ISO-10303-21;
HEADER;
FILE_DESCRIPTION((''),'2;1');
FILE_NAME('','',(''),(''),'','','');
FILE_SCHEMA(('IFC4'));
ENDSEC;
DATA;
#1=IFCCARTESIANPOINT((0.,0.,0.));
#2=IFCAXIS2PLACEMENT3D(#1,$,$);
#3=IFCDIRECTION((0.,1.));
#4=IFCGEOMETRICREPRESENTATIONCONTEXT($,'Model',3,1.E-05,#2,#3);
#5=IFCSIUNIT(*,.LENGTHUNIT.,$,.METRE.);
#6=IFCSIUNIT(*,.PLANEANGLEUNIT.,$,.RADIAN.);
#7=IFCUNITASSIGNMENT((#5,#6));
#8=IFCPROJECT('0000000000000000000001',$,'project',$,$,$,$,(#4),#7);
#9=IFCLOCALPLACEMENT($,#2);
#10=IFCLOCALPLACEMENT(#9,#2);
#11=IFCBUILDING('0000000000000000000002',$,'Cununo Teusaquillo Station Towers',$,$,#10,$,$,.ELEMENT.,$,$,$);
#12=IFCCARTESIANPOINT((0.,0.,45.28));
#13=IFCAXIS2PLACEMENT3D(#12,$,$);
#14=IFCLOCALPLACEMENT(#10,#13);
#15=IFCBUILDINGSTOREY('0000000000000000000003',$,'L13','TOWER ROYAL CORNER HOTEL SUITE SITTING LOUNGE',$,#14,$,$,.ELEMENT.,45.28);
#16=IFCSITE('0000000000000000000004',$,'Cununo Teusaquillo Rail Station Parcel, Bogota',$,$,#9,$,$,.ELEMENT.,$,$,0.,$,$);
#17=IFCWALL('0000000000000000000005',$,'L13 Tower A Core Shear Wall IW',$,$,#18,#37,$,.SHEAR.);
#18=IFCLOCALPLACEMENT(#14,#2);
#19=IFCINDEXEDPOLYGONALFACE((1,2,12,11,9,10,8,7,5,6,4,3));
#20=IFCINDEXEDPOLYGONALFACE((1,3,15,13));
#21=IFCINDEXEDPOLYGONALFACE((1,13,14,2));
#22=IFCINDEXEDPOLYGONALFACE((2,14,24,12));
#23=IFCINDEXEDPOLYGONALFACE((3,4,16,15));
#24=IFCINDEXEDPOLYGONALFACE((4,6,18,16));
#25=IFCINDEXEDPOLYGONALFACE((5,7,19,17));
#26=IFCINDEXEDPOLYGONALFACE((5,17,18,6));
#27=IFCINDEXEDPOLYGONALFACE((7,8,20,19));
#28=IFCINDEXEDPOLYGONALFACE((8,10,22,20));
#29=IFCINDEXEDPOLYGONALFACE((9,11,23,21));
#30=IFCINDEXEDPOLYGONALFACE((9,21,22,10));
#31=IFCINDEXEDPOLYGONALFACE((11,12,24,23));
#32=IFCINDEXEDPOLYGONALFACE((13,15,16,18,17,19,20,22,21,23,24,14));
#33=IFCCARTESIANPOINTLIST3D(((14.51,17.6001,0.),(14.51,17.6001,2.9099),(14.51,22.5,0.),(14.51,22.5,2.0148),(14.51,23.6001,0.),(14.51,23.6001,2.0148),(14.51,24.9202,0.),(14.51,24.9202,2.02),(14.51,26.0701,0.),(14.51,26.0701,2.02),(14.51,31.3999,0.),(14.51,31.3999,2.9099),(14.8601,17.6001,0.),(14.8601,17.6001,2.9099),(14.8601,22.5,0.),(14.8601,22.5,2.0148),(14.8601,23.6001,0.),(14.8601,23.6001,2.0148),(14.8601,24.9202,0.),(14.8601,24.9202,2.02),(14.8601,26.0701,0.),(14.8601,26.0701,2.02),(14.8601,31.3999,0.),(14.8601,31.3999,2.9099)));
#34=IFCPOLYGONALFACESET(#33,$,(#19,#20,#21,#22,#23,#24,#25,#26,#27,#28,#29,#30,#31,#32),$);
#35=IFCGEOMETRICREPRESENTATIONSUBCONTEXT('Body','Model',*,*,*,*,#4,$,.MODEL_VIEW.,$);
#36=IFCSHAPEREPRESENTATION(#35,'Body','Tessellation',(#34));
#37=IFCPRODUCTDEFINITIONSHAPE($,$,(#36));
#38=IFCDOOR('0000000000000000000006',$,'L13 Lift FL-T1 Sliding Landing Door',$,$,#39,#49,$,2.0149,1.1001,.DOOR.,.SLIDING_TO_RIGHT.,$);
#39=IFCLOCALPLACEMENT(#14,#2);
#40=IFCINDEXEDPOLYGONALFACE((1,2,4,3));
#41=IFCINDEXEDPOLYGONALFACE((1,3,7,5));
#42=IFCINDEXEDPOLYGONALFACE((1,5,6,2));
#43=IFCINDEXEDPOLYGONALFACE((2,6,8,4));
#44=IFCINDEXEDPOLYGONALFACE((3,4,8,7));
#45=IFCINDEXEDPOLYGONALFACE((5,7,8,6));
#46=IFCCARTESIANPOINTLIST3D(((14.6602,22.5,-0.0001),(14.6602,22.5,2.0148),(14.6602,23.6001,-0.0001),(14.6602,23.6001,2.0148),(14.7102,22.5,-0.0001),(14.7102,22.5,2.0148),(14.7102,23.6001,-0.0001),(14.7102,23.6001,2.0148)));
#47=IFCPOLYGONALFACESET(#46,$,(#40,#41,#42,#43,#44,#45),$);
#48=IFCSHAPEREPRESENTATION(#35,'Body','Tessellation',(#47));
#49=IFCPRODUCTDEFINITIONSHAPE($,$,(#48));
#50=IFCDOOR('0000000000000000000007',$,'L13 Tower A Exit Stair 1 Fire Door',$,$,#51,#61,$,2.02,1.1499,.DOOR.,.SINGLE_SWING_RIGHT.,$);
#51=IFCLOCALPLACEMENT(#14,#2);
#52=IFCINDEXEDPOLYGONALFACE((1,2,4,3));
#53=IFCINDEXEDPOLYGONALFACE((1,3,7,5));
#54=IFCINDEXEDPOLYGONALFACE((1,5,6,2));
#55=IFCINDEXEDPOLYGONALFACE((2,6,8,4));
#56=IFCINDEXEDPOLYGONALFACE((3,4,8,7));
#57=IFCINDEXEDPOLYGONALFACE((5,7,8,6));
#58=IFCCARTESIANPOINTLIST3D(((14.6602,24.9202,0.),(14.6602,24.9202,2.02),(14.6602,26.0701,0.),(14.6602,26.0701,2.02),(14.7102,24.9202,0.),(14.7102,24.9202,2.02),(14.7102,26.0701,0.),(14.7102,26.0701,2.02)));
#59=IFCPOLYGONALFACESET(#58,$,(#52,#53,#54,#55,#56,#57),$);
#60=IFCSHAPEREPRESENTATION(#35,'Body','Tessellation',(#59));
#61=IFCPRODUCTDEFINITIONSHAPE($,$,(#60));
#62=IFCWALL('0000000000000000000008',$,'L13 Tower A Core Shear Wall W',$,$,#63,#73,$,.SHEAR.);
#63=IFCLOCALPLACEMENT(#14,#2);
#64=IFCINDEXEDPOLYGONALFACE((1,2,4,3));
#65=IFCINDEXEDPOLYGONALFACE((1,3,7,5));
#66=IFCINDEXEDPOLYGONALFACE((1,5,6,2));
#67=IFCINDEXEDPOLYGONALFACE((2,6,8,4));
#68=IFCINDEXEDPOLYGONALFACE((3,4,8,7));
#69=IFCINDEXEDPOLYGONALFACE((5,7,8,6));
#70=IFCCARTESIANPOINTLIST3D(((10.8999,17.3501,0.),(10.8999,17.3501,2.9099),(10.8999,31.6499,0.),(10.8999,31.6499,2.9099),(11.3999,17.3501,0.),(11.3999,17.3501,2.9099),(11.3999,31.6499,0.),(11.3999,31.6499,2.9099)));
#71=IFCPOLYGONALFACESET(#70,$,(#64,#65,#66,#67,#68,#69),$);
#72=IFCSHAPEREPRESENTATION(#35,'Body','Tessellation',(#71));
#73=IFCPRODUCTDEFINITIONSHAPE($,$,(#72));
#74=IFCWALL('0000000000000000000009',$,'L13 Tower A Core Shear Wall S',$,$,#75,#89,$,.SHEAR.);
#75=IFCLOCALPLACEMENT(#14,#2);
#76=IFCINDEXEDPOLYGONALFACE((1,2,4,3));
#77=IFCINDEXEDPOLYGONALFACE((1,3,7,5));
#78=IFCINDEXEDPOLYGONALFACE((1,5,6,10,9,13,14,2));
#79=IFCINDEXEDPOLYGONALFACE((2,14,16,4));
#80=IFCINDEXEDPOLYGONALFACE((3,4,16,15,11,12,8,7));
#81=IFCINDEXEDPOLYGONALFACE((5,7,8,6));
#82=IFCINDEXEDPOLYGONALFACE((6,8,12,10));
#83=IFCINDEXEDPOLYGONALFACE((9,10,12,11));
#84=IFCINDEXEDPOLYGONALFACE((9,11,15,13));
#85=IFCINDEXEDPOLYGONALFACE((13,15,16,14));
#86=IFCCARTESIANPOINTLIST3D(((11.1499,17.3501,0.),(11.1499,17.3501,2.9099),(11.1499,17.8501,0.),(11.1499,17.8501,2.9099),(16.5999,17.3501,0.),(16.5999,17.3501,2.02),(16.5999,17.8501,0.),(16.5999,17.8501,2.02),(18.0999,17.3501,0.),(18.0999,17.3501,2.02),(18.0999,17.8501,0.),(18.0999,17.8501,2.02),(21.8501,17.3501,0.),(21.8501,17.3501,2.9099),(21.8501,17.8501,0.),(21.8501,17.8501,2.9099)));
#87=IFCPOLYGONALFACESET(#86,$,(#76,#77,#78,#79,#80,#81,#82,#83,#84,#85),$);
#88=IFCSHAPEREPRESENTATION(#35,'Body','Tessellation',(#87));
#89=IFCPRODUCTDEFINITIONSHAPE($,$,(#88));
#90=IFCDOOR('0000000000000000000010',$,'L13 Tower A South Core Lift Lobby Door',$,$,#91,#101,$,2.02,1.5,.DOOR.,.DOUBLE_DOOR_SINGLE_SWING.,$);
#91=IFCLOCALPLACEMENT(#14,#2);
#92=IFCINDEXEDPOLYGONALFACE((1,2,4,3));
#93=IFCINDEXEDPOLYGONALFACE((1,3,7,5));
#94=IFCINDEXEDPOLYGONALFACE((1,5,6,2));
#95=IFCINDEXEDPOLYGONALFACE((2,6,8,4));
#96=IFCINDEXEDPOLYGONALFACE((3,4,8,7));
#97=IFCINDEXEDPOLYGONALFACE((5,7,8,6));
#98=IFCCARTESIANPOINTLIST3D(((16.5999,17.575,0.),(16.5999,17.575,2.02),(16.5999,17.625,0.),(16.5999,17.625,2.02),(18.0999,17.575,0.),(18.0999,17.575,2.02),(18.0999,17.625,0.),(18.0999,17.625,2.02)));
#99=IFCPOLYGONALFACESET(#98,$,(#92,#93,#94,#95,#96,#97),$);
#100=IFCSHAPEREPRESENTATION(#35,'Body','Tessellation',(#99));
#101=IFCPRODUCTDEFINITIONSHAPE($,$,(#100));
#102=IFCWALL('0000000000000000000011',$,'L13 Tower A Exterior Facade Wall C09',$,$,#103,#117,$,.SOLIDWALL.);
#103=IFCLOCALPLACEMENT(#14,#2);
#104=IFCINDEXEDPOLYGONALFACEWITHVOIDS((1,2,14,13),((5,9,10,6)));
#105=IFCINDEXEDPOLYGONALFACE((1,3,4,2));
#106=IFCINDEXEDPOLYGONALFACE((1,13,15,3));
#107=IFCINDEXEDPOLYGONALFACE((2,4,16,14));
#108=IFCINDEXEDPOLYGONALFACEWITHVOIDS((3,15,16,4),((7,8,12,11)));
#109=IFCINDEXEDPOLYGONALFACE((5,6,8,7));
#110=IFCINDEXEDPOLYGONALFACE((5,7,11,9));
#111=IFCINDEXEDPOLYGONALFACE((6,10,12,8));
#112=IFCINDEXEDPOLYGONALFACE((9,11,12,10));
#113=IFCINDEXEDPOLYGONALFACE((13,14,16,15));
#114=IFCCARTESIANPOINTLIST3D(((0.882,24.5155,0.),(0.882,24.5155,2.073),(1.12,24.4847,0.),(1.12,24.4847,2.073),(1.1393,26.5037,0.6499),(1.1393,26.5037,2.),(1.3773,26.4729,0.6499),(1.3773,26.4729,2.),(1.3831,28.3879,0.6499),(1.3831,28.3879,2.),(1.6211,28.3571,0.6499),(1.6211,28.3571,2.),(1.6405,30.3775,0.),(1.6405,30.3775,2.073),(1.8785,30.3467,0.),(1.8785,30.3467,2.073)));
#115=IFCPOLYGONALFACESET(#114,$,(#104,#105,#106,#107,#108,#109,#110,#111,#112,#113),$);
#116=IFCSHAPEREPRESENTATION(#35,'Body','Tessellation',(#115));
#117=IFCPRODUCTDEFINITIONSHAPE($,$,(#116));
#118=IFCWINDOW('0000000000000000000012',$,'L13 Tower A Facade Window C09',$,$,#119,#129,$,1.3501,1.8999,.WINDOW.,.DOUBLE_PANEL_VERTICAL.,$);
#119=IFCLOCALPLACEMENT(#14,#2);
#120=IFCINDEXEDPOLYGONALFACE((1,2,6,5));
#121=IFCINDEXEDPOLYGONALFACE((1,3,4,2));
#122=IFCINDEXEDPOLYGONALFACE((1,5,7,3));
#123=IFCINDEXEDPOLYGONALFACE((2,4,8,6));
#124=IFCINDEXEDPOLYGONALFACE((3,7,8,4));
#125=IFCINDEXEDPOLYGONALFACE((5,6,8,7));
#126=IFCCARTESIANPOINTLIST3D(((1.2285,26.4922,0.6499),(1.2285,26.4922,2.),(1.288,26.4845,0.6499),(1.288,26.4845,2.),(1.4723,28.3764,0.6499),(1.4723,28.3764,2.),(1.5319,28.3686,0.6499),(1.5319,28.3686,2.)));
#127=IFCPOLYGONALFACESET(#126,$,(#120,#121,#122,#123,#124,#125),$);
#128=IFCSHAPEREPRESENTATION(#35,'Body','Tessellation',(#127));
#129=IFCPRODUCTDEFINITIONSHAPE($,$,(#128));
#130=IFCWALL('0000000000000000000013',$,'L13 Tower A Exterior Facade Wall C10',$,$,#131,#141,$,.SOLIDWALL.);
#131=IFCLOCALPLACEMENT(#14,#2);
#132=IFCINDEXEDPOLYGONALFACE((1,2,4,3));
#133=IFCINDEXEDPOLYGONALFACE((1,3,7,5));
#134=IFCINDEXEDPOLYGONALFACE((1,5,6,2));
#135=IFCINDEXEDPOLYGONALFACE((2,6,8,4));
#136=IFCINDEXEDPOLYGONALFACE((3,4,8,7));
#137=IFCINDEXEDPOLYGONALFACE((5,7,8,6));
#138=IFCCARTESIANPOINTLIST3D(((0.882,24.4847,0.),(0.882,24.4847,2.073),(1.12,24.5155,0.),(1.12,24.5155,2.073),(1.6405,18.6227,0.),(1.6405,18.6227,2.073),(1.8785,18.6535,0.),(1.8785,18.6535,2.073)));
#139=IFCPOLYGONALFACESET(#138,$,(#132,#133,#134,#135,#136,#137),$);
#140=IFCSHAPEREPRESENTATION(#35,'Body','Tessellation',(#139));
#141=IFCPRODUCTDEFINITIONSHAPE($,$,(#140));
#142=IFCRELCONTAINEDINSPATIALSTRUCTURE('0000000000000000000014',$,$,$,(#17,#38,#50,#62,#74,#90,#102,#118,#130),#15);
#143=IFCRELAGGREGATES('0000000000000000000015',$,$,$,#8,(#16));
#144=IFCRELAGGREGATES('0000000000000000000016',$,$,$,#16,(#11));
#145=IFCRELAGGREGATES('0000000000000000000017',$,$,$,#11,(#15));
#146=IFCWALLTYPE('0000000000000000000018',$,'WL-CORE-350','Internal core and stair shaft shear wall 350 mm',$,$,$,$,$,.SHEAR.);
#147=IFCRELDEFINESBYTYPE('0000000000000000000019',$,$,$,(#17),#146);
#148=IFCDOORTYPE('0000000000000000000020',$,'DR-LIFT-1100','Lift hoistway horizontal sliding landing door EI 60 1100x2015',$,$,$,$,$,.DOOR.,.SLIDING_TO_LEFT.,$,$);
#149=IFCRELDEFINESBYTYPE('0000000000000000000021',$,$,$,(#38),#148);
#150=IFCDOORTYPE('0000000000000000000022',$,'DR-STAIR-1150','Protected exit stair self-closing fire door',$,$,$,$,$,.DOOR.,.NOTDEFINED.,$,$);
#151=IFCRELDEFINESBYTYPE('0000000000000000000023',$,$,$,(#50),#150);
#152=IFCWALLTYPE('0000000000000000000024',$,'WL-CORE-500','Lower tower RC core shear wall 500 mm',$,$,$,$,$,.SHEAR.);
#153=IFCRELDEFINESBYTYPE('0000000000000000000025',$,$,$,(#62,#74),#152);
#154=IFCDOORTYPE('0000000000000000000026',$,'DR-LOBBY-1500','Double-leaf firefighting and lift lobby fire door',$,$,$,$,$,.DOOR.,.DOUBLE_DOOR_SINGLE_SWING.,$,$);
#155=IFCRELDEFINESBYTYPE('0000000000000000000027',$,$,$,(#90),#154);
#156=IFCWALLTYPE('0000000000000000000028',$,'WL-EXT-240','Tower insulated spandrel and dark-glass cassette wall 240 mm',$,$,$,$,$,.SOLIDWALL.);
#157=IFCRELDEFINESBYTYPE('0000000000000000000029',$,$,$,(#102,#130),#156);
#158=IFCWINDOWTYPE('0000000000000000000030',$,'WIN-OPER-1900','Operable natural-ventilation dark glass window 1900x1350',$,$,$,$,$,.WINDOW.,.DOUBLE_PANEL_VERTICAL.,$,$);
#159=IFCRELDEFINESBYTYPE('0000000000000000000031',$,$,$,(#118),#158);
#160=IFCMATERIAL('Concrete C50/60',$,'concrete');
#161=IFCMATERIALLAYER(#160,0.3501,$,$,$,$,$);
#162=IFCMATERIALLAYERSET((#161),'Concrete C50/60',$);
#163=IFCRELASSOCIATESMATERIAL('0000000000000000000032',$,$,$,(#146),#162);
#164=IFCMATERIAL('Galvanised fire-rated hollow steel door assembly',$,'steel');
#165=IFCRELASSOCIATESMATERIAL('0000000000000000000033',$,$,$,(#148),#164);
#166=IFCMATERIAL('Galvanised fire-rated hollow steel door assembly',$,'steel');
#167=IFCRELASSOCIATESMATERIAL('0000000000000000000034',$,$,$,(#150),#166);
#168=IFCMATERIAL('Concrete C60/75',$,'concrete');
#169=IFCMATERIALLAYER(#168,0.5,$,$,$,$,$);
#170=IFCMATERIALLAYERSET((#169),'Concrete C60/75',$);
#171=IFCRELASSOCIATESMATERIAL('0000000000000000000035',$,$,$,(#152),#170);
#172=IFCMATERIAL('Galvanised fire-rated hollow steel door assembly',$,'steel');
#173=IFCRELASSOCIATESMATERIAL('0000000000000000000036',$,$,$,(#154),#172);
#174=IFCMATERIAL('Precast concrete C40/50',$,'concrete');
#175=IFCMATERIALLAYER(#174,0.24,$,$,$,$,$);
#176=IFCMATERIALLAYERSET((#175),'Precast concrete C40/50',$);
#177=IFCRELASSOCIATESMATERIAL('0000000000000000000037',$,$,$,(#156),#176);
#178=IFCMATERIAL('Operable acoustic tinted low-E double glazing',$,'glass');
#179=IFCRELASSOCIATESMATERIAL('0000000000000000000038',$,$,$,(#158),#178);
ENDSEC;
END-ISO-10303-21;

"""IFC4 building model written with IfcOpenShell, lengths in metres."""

from ifc_helpers import new_model, si_unit, direction, frame, frame_2d, origin, place, context, subcontext, project, spatial, rectangle, extrude, source, transform, mapped, material, layer, layer_set, type_object, element, fill, save


model = new_model("IFC4")

# Units and contexts
model_context = context("Model", 3, precision=1e-05, world=origin(), true_north=direction((0.0, 1.0)))
body_context = subcontext(model_context, "Body", "Model", "MODEL_VIEW")
ifc_project = project(units=[si_unit("LENGTHUNIT", "METRE"), si_unit("PLANEANGLEUNIT", "RADIAN")], contexts=[model_context])

# Site, building, storey
site_placement = place(None, origin())
site = spatial("IfcSite", under=ifc_project, at=site_placement, Name="Cununo Teusaquillo Rail Station Parcel, Bogota", CompositionType="ELEMENT", RefElevation=0.0)
building_placement = place(site_placement, origin())
building = spatial("IfcBuilding", under=site, at=building_placement, Name="Cununo Teusaquillo Station Towers", CompositionType="ELEMENT")
storey_placement = place(building_placement, frame((0.0, 0.0, 45.28)))
storey = spatial("IfcBuildingStorey", under=building, at=storey_placement, Name="L13", Description="TOWER ROYAL CORNER HOTEL SUITE SITTING LOUNGE", CompositionType="ELEMENT", Elevation=45.28)

# Wall, openings, doors
ifc_material_1 = material(Name="Concrete C50/60", Category="concrete")
ifc_layer_1 = layer(ifc_material_1, 0.3501)
ifc_layer_set_1 = layer_set([ifc_layer_1], Name="Concrete C50/60")
wall_type_1 = type_object("IfcWallType", Name="WL-CORE-350", Description="Internal core and stair shaft shear wall 350 mm", PredefinedType="SHEAR", material=ifc_layer_set_1)
wall_1_placement = place(storey_placement, frame((14.6851, 17.6001, 0.0), z_axis=(0.0, 0.0, 1.0), x_axis=(0.0, 1.0, 0.0)))
wall_1 = element("IfcWall", 1, at=wall_1_placement, inside=storey, type_object=wall_type_1, Name="L13 Tower A Core Shear Wall IW", PredefinedType="SHEAR", context=body_context, shape_type="SweptSolid", body=[
    extrude(rectangle(XDim=13.7998, YDim=0.3501, at=frame_2d((6.8999, 0.0))), origin(), (0.0, 0.0, 1.0), 2.9099),
])
shared_shape_1 = source(origin(), body_context, "Body", "SweptSolid", [
    extrude(rectangle(XDim=1.1001, YDim=2.0149, at=frame_2d((0.55, 1.0073))), frame((0.0, 0.1851, 0.0), z_axis=(0.0, -1.0, 0.0), x_axis=(1.0, 0.0, 0.0)), (0.0, 0.0, 1.0), 0.3701),
])
opening_1_placement = place(wall_1_placement, frame((4.8999, 0.0, 0.0)))
opening_1 = element("IfcOpeningElement", 2, at=opening_1_placement, cuts=wall_1, PredefinedType="OPENING", context=body_context, shape_type="MappedRepresentation", body=[
    mapped(shared_shape_1, transform((0.0, 0.0, 0.0), x_axis=(1.0, 0.0, 0.0), y_axis=(0.0, 1.0, 0.0), z_axis=(0.0, 0.0, 1.0), scale=1.0)),
])
shared_shape_2 = source(origin(), body_context, "Body", "SweptSolid", [
    extrude(rectangle(XDim=1.1499, YDim=2.02, at=frame_2d((0.575, 1.01))), frame((0.0, 0.1851, 0.0), z_axis=(0.0, -1.0, 0.0), x_axis=(1.0, 0.0, 0.0)), (0.0, 0.0, 1.0), 0.3701),
])
opening_2_placement = place(wall_1_placement, frame((7.3201, 0.0, 0.0)))
opening_2 = element("IfcOpeningElement", 3, at=opening_2_placement, cuts=wall_1, PredefinedType="OPENING", context=body_context, shape_type="MappedRepresentation", body=[
    mapped(shared_shape_2, transform((0.0, 0.0, 0.0), x_axis=(1.0, 0.0, 0.0), y_axis=(0.0, 1.0, 0.0), z_axis=(0.0, 0.0, 1.0), scale=1.0)),
])
ifc_material_2 = material(Name="Galvanised fire-rated hollow steel door assembly", Category="steel")
door_type_1 = type_object("IfcDoorType", Name="DR-LIFT-1100", Description="Lift hoistway horizontal sliding landing door EI 60 1100x2015", OperationType="SLIDING_TO_LEFT", PredefinedType="DOOR", material=ifc_material_2)
shared_shape_3 = source(origin(), body_context, "Body", "SweptSolid", [
    extrude(rectangle(XDim=1.1001, YDim=2.0149, at=frame_2d((0.55, 1.0073))), frame((0.0, 0.0249, 0.0), z_axis=(0.0, -1.0, 0.0), x_axis=(1.0, 0.0, 0.0)), (0.0, 0.0, 1.0), 0.05),
])
door_1_placement = place(opening_1_placement, origin())
door_1 = element("IfcDoor", 4, at=door_1_placement, inside=storey, type_object=door_type_1, Name="L13 Lift FL-T1 Sliding Landing Door", OperationType="SLIDING_TO_RIGHT", OverallHeight=2.0149, OverallWidth=1.1001, PredefinedType="DOOR", context=body_context, shape_type="MappedRepresentation", body=[
    mapped(shared_shape_3, transform((0.0, 0.0, 0.0), x_axis=(1.0, 0.0, 0.0), y_axis=(0.0, 1.0, 0.0), z_axis=(0.0, 0.0, 1.0), scale=1.0)),
])
fill(opening_1, door_1)
ifc_material_3 = material(Name="Galvanised fire-rated hollow steel door assembly", Category="steel")
door_type_2 = type_object("IfcDoorType", Name="DR-STAIR-1150", Description="Protected exit stair self-closing fire door", OperationType="NOTDEFINED", PredefinedType="DOOR", material=ifc_material_3)
shared_shape_4 = source(origin(), body_context, "Body", "SweptSolid", [
    extrude(rectangle(XDim=1.1499, YDim=2.02, at=frame_2d((0.575, 1.01))), frame((0.0, 0.0249, 0.0), z_axis=(0.0, -1.0, 0.0), x_axis=(1.0, 0.0, 0.0)), (0.0, 0.0, 1.0), 0.05),
])
door_2_placement = place(opening_2_placement, origin())
door_2 = element("IfcDoor", 5, at=door_2_placement, inside=storey, type_object=door_type_2, Name="L13 Tower A Exit Stair 1 Fire Door", OperationType="SINGLE_SWING_RIGHT", OverallHeight=2.02, OverallWidth=1.1499, PredefinedType="DOOR", context=body_context, shape_type="MappedRepresentation", body=[
    mapped(shared_shape_4, transform((0.0, 0.0, 0.0), x_axis=(1.0, 0.0, 0.0), y_axis=(0.0, 1.0, 0.0), z_axis=(0.0, 0.0, 1.0), scale=1.0)),
])
fill(opening_2, door_2)

# Wall
ifc_material_4 = material(Name="Concrete C60/75", Category="concrete")
ifc_layer_2 = layer(ifc_material_4, 0.5)
ifc_layer_set_2 = layer_set([ifc_layer_2], Name="Concrete C60/75")
wall_type_2 = type_object("IfcWallType", Name="WL-CORE-500", Description="Lower tower RC core shear wall 500 mm", PredefinedType="SHEAR", material=ifc_layer_set_2)
wall_2_placement = place(storey_placement, frame((11.1499, 17.3501, 0.0), z_axis=(0.0, 0.0, 1.0), x_axis=(0.0, 1.0, 0.0)))
element("IfcWall", 6, at=wall_2_placement, inside=storey, type_object=wall_type_2, Name="L13 Tower A Core Shear Wall W", PredefinedType="SHEAR", context=body_context, shape_type="SweptSolid", body=[
    extrude(rectangle(XDim=14.2998, YDim=0.5, at=frame_2d((7.1499, 0.0))), origin(), (0.0, 0.0, 1.0), 2.9099),
])

# Wall, opening, door
wall_3_placement = place(storey_placement, frame((11.1499, 17.6001, 0.0), z_axis=(0.0, 0.0, 1.0), x_axis=(1.0, 0.0, 0.0)))
wall_3 = element("IfcWall", 7, at=wall_3_placement, inside=storey, type_object=wall_type_2, Name="L13 Tower A Core Shear Wall S", PredefinedType="SHEAR", context=body_context, shape_type="SweptSolid", body=[
    extrude(rectangle(XDim=10.7002, YDim=0.5, at=frame_2d((5.3501, 0.0))), origin(), (0.0, 0.0, 1.0), 2.9099),
])
shared_shape_5 = source(origin(), body_context, "Body", "SweptSolid", [
    extrude(rectangle(XDim=1.5, YDim=2.02, at=frame_2d((0.75, 1.01))), frame((0.0, 0.26, 0.0), z_axis=(0.0, -1.0, 0.0), x_axis=(1.0, 0.0, 0.0)), (0.0, 0.0, 1.0), 0.52),
])
opening_3_placement = place(wall_3_placement, frame((5.45, 0.0, 0.0)))
opening_3 = element("IfcOpeningElement", 8, at=opening_3_placement, cuts=wall_3, PredefinedType="OPENING", context=body_context, shape_type="MappedRepresentation", body=[
    mapped(shared_shape_5, transform((0.0, 0.0, 0.0), x_axis=(1.0, 0.0, 0.0), y_axis=(0.0, 1.0, 0.0), z_axis=(0.0, 0.0, 1.0), scale=1.0)),
])
ifc_material_5 = material(Name="Galvanised fire-rated hollow steel door assembly", Category="steel")
door_type_3 = type_object("IfcDoorType", Name="DR-LOBBY-1500", Description="Double-leaf firefighting and lift lobby fire door", OperationType="DOUBLE_DOOR_SINGLE_SWING", PredefinedType="DOOR", material=ifc_material_5)
shared_shape_6 = source(origin(), body_context, "Body", "SweptSolid", [
    extrude(rectangle(XDim=1.5, YDim=2.02, at=frame_2d((0.75, 1.01))), frame((0.0, 0.0249, 0.0), z_axis=(0.0, -1.0, 0.0), x_axis=(1.0, 0.0, 0.0)), (0.0, 0.0, 1.0), 0.05),
])
door_3_placement = place(opening_3_placement, origin())
door_3 = element("IfcDoor", 9, at=door_3_placement, inside=storey, type_object=door_type_3, Name="L13 Tower A South Core Lift Lobby Door", OperationType="DOUBLE_DOOR_SINGLE_SWING", OverallHeight=2.02, OverallWidth=1.5, PredefinedType="DOOR", context=body_context, shape_type="MappedRepresentation", body=[
    mapped(shared_shape_6, transform((0.0, 0.0, 0.0), x_axis=(1.0, 0.0, 0.0), y_axis=(0.0, 1.0, 0.0), z_axis=(0.0, 0.0, 1.0), scale=1.0)),
])
fill(opening_3, door_3)

# Wall, opening, window
ifc_material_6 = material(Name="Precast concrete C40/50", Category="concrete")
ifc_layer_3 = layer(ifc_material_6, 0.24)
ifc_layer_set_3 = layer_set([ifc_layer_3], Name="Precast concrete C40/50")
wall_type_3 = type_object("IfcWallType", Name="WL-EXT-240", Description="Tower insulated spandrel and dark-glass cassette wall 240 mm", PredefinedType="SOLIDWALL", material=ifc_layer_set_3)
wall_4_placement = place(storey_placement, frame((1.001, 24.5, 0.0), z_axis=(0.0, 0.0, 1.0), x_axis=(0.128329, 0.991732, 0.0)))
wall_4 = element("IfcWall", 10, at=wall_4_placement, inside=storey, type_object=wall_type_3, Name="L13 Tower A Exterior Facade Wall C09", PredefinedType="SOLIDWALL", context=body_context, shape_type="SweptSolid", body=[
    extrude(rectangle(XDim=5.9109, YDim=0.24, at=frame_2d((2.9556, 0.0))), origin(), (0.0, 0.0, 1.0), 2.073),
])
shared_shape_7 = source(origin(), body_context, "Body", "SweptSolid", [
    extrude(rectangle(XDim=1.8999, YDim=1.3501, at=frame_2d((0.95, 0.675))), frame((0.0, 0.1299, 0.0), z_axis=(0.0, -1.0, 0.0), x_axis=(1.0, 0.0, 0.0)), (0.0, 0.0, 1.0), 0.26),
])
opening_4_placement = place(wall_4_placement, frame((2.0049, 0.0, 0.6499)))
opening_4 = element("IfcOpeningElement", 11, at=opening_4_placement, cuts=wall_4, PredefinedType="OPENING", context=body_context, shape_type="MappedRepresentation", body=[
    mapped(shared_shape_7, transform((0.0, 0.0, 0.0), x_axis=(1.0, 0.0, 0.0), y_axis=(0.0, 1.0, 0.0), z_axis=(0.0, 0.0, 1.0), scale=1.0)),
])
ifc_material_7 = material(Name="Operable acoustic tinted low-E double glazing", Category="glass")
window_type = type_object("IfcWindowType", Name="WIN-OPER-1900", Description="Operable natural-ventilation dark glass window 1900x1350", PartitioningType="DOUBLE_PANEL_VERTICAL", PredefinedType="WINDOW", material=ifc_material_7)
shared_shape_8 = source(origin(), body_context, "Body", "SweptSolid", [
    extrude(rectangle(XDim=1.8999, YDim=1.3501, at=frame_2d((0.95, 0.675))), frame((0.0, 0.03, 0.0), z_axis=(0.0, -1.0, 0.0), x_axis=(1.0, 0.0, 0.0)), (0.0, 0.0, 1.0), 0.0601),
])
window_placement = place(opening_4_placement, origin())
window = element("IfcWindow", 12, at=window_placement, inside=storey, type_object=window_type, Name="L13 Tower A Facade Window C09", OverallHeight=1.3501, OverallWidth=1.8999, PartitioningType="DOUBLE_PANEL_VERTICAL", PredefinedType="WINDOW", context=body_context, shape_type="MappedRepresentation", body=[
    mapped(shared_shape_8, transform((0.0, 0.0, 0.0), x_axis=(1.0, 0.0, 0.0), y_axis=(0.0, 1.0, 0.0), z_axis=(0.0, 0.0, 1.0), scale=1.0)),
])
fill(opening_4, window)

# Wall
wall_5_placement = place(storey_placement, frame((1.7595, 18.6379, 0.0), z_axis=(0.0, 0.0, 1.0), x_axis=(-0.128329, 0.991732, 0.0)))
element("IfcWall", 13, at=wall_5_placement, inside=storey, type_object=wall_type_3, Name="L13 Tower A Exterior Facade Wall C10", PredefinedType="SOLIDWALL", context=body_context, shape_type="SweptSolid", body=[
    extrude(rectangle(XDim=5.9109, YDim=0.24, at=frame_2d((2.9556, 0.0))), origin(), (0.0, 0.0, 1.0), 2.073),
])

save(model, "model.ifc")
